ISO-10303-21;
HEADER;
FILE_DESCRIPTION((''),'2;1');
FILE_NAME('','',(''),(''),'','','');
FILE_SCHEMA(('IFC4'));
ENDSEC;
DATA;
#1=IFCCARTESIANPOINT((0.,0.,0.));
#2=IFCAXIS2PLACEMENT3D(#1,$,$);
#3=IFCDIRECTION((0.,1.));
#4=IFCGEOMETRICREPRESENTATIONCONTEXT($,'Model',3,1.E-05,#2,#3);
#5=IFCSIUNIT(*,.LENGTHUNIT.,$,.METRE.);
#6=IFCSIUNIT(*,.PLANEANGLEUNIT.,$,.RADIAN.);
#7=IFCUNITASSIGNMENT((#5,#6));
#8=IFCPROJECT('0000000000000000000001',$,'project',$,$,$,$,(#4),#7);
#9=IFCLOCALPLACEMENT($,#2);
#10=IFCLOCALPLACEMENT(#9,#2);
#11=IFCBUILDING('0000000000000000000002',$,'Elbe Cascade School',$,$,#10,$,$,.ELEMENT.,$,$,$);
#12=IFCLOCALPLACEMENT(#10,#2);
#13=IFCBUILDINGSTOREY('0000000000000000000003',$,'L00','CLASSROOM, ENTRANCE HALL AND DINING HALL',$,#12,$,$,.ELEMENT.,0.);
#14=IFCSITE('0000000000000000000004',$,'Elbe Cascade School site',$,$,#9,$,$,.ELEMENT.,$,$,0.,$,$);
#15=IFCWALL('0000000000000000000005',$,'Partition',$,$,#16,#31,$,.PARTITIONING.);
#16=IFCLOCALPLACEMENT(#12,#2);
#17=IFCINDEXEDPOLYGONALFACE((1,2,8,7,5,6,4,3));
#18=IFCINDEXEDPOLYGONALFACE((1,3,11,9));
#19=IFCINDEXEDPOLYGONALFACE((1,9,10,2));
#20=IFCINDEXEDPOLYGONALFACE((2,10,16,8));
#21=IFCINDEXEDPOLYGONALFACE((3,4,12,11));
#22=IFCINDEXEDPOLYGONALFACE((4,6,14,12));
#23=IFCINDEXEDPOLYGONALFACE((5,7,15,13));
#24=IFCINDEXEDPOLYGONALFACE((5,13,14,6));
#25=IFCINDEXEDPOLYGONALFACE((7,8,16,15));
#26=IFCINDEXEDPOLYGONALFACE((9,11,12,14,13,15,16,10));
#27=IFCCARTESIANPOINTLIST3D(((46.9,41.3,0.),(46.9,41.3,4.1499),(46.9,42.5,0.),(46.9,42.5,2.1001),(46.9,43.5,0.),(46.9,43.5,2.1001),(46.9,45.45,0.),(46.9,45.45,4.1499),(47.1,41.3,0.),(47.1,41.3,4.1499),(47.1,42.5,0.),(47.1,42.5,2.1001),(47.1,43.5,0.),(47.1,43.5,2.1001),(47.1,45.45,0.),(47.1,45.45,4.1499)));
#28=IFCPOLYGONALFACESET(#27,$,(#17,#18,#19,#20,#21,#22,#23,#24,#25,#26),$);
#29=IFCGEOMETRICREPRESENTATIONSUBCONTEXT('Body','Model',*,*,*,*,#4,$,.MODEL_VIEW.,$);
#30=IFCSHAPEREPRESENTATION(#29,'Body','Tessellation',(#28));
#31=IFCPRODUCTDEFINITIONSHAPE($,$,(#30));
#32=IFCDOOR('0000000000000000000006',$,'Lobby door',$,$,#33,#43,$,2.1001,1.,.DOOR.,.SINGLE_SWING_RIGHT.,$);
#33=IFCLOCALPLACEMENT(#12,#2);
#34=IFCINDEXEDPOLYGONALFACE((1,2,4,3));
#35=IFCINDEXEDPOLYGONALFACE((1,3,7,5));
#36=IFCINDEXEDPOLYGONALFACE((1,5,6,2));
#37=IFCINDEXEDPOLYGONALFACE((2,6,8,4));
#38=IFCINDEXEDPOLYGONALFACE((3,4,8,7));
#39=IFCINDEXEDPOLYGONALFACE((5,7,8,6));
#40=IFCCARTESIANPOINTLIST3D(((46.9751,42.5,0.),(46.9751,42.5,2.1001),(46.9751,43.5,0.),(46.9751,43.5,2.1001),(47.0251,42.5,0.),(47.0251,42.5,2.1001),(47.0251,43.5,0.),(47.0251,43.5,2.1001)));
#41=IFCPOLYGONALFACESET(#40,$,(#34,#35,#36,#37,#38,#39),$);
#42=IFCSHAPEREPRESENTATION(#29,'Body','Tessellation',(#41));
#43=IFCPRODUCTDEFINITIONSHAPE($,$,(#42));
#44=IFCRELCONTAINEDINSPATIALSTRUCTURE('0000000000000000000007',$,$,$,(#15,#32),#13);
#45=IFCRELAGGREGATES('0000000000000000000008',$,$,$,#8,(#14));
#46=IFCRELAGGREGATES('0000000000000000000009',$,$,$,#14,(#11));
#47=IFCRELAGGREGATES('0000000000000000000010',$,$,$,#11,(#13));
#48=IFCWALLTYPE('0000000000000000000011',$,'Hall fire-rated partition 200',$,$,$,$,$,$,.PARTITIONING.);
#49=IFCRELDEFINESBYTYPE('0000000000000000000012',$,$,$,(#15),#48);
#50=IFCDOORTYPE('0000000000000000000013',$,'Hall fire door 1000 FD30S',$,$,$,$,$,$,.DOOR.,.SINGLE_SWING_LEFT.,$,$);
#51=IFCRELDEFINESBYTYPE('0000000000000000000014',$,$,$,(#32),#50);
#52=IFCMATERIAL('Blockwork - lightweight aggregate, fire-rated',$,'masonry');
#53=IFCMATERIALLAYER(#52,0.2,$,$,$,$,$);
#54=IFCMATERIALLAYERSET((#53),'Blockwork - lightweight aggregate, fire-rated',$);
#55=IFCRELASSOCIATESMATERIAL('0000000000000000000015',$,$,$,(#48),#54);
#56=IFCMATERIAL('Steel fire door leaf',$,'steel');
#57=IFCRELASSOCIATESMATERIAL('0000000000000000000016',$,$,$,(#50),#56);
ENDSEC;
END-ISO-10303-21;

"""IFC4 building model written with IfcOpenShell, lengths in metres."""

from ifc_helpers import new_model, si_unit, direction, frame, frame_2d, origin, place, context, subcontext, project, spatial, rectangle, extrude, material, layer, layer_set, type_object, element, fill, save


model = new_model("IFC4")

# Units and contexts
model_context = context("Model", 3, precision=1e-05, world=origin(), true_north=direction((0.0, 1.0)))
body_context = subcontext(model_context, "Body", "Model", "MODEL_VIEW")
ifc_project = project(units=[si_unit("LENGTHUNIT", "METRE"), si_unit("PLANEANGLEUNIT", "RADIAN")], contexts=[model_context])

# Site, building, storey
site_placement = place(None, origin())
site = spatial("IfcSite", under=ifc_project, at=site_placement, Name="Elbe Cascade School site", CompositionType="ELEMENT", RefElevation=0.0)
building_placement = place(site_placement, origin())
building = spatial("IfcBuilding", under=site, at=building_placement, Name="Elbe Cascade School", CompositionType="ELEMENT")
storey_placement = place(building_placement, origin())
storey = spatial("IfcBuildingStorey", under=building, at=storey_placement, Name="L00", Description="CLASSROOM, ENTRANCE HALL AND DINING HALL", CompositionType="ELEMENT", Elevation=0.0)

# Wall, opening, door
ifc_material_1 = material(Name="Blockwork - lightweight aggregate, fire-rated", Category="masonry")
ifc_layer_1 = layer(ifc_material_1, 0.2)
ifc_layer_set_1 = layer_set([ifc_layer_1], Name="Blockwork - lightweight aggregate, fire-rated")
wall_type = type_object("IfcWallType", Name="Hall fire-rated partition 200", PredefinedType="PARTITIONING", material=ifc_layer_set_1)
wall_placement = place(storey_placement, frame((47.0, 41.3, 0.0), z_axis=(0.0, 0.0, 1.0), x_axis=(0.0, 1.0, 0.0)))
wall = element("IfcWall", 1, at=wall_placement, inside=storey, type_object=wall_type, Name="Partition", PredefinedType="PARTITIONING", context=body_context, shape_type="SweptSolid", body=[
    extrude(rectangle(XDim=4.1499, YDim=0.2, at=frame_2d((2.075, 0.0))), origin(), (0.0, 0.0, 1.0), 4.1499),
])
opening_placement = place(wall_placement, frame((1.2, 0.0, 0.0)))
opening = element("IfcOpeningElement", 2, at=opening_placement, cuts=wall, PredefinedType="OPENING", context=body_context, shape_type="SweptSolid", body=[
    extrude(rectangle(XDim=1.0, YDim=2.1001, at=frame_2d((0.5, 1.05))), frame((0.0, 0.1099, 0.0), z_axis=(0.0, -1.0, 0.0), x_axis=(1.0, 0.0, 0.0)), (0.0, 0.0, 1.0), 0.22),
])
ifc_material_2 = material(Name="Steel fire door leaf", Category="steel")
door_type = type_object("IfcDoorType", Name="Hall fire door 1000 FD30S", OperationType="SINGLE_SWING_LEFT", PredefinedType="DOOR", material=ifc_material_2)
door_placement = place(opening_placement, origin())
door = element("IfcDoor", 3, at=door_placement, inside=storey, type_object=door_type, Name="Lobby door", OperationType="SINGLE_SWING_RIGHT", OverallHeight=2.1001, OverallWidth=1.0, PredefinedType="DOOR", context=body_context, shape_type="SweptSolid", body=[
    extrude(rectangle(XDim=1.0, YDim=2.1001, at=frame_2d((0.5, 1.05))), frame((0.0, 0.0249, 0.0), z_axis=(0.0, -1.0, 0.0), x_axis=(1.0, 0.0, 0.0)), (0.0, 0.0, 1.0), 0.05),
])
fill(opening, door)

save(model, "model.ifc")
